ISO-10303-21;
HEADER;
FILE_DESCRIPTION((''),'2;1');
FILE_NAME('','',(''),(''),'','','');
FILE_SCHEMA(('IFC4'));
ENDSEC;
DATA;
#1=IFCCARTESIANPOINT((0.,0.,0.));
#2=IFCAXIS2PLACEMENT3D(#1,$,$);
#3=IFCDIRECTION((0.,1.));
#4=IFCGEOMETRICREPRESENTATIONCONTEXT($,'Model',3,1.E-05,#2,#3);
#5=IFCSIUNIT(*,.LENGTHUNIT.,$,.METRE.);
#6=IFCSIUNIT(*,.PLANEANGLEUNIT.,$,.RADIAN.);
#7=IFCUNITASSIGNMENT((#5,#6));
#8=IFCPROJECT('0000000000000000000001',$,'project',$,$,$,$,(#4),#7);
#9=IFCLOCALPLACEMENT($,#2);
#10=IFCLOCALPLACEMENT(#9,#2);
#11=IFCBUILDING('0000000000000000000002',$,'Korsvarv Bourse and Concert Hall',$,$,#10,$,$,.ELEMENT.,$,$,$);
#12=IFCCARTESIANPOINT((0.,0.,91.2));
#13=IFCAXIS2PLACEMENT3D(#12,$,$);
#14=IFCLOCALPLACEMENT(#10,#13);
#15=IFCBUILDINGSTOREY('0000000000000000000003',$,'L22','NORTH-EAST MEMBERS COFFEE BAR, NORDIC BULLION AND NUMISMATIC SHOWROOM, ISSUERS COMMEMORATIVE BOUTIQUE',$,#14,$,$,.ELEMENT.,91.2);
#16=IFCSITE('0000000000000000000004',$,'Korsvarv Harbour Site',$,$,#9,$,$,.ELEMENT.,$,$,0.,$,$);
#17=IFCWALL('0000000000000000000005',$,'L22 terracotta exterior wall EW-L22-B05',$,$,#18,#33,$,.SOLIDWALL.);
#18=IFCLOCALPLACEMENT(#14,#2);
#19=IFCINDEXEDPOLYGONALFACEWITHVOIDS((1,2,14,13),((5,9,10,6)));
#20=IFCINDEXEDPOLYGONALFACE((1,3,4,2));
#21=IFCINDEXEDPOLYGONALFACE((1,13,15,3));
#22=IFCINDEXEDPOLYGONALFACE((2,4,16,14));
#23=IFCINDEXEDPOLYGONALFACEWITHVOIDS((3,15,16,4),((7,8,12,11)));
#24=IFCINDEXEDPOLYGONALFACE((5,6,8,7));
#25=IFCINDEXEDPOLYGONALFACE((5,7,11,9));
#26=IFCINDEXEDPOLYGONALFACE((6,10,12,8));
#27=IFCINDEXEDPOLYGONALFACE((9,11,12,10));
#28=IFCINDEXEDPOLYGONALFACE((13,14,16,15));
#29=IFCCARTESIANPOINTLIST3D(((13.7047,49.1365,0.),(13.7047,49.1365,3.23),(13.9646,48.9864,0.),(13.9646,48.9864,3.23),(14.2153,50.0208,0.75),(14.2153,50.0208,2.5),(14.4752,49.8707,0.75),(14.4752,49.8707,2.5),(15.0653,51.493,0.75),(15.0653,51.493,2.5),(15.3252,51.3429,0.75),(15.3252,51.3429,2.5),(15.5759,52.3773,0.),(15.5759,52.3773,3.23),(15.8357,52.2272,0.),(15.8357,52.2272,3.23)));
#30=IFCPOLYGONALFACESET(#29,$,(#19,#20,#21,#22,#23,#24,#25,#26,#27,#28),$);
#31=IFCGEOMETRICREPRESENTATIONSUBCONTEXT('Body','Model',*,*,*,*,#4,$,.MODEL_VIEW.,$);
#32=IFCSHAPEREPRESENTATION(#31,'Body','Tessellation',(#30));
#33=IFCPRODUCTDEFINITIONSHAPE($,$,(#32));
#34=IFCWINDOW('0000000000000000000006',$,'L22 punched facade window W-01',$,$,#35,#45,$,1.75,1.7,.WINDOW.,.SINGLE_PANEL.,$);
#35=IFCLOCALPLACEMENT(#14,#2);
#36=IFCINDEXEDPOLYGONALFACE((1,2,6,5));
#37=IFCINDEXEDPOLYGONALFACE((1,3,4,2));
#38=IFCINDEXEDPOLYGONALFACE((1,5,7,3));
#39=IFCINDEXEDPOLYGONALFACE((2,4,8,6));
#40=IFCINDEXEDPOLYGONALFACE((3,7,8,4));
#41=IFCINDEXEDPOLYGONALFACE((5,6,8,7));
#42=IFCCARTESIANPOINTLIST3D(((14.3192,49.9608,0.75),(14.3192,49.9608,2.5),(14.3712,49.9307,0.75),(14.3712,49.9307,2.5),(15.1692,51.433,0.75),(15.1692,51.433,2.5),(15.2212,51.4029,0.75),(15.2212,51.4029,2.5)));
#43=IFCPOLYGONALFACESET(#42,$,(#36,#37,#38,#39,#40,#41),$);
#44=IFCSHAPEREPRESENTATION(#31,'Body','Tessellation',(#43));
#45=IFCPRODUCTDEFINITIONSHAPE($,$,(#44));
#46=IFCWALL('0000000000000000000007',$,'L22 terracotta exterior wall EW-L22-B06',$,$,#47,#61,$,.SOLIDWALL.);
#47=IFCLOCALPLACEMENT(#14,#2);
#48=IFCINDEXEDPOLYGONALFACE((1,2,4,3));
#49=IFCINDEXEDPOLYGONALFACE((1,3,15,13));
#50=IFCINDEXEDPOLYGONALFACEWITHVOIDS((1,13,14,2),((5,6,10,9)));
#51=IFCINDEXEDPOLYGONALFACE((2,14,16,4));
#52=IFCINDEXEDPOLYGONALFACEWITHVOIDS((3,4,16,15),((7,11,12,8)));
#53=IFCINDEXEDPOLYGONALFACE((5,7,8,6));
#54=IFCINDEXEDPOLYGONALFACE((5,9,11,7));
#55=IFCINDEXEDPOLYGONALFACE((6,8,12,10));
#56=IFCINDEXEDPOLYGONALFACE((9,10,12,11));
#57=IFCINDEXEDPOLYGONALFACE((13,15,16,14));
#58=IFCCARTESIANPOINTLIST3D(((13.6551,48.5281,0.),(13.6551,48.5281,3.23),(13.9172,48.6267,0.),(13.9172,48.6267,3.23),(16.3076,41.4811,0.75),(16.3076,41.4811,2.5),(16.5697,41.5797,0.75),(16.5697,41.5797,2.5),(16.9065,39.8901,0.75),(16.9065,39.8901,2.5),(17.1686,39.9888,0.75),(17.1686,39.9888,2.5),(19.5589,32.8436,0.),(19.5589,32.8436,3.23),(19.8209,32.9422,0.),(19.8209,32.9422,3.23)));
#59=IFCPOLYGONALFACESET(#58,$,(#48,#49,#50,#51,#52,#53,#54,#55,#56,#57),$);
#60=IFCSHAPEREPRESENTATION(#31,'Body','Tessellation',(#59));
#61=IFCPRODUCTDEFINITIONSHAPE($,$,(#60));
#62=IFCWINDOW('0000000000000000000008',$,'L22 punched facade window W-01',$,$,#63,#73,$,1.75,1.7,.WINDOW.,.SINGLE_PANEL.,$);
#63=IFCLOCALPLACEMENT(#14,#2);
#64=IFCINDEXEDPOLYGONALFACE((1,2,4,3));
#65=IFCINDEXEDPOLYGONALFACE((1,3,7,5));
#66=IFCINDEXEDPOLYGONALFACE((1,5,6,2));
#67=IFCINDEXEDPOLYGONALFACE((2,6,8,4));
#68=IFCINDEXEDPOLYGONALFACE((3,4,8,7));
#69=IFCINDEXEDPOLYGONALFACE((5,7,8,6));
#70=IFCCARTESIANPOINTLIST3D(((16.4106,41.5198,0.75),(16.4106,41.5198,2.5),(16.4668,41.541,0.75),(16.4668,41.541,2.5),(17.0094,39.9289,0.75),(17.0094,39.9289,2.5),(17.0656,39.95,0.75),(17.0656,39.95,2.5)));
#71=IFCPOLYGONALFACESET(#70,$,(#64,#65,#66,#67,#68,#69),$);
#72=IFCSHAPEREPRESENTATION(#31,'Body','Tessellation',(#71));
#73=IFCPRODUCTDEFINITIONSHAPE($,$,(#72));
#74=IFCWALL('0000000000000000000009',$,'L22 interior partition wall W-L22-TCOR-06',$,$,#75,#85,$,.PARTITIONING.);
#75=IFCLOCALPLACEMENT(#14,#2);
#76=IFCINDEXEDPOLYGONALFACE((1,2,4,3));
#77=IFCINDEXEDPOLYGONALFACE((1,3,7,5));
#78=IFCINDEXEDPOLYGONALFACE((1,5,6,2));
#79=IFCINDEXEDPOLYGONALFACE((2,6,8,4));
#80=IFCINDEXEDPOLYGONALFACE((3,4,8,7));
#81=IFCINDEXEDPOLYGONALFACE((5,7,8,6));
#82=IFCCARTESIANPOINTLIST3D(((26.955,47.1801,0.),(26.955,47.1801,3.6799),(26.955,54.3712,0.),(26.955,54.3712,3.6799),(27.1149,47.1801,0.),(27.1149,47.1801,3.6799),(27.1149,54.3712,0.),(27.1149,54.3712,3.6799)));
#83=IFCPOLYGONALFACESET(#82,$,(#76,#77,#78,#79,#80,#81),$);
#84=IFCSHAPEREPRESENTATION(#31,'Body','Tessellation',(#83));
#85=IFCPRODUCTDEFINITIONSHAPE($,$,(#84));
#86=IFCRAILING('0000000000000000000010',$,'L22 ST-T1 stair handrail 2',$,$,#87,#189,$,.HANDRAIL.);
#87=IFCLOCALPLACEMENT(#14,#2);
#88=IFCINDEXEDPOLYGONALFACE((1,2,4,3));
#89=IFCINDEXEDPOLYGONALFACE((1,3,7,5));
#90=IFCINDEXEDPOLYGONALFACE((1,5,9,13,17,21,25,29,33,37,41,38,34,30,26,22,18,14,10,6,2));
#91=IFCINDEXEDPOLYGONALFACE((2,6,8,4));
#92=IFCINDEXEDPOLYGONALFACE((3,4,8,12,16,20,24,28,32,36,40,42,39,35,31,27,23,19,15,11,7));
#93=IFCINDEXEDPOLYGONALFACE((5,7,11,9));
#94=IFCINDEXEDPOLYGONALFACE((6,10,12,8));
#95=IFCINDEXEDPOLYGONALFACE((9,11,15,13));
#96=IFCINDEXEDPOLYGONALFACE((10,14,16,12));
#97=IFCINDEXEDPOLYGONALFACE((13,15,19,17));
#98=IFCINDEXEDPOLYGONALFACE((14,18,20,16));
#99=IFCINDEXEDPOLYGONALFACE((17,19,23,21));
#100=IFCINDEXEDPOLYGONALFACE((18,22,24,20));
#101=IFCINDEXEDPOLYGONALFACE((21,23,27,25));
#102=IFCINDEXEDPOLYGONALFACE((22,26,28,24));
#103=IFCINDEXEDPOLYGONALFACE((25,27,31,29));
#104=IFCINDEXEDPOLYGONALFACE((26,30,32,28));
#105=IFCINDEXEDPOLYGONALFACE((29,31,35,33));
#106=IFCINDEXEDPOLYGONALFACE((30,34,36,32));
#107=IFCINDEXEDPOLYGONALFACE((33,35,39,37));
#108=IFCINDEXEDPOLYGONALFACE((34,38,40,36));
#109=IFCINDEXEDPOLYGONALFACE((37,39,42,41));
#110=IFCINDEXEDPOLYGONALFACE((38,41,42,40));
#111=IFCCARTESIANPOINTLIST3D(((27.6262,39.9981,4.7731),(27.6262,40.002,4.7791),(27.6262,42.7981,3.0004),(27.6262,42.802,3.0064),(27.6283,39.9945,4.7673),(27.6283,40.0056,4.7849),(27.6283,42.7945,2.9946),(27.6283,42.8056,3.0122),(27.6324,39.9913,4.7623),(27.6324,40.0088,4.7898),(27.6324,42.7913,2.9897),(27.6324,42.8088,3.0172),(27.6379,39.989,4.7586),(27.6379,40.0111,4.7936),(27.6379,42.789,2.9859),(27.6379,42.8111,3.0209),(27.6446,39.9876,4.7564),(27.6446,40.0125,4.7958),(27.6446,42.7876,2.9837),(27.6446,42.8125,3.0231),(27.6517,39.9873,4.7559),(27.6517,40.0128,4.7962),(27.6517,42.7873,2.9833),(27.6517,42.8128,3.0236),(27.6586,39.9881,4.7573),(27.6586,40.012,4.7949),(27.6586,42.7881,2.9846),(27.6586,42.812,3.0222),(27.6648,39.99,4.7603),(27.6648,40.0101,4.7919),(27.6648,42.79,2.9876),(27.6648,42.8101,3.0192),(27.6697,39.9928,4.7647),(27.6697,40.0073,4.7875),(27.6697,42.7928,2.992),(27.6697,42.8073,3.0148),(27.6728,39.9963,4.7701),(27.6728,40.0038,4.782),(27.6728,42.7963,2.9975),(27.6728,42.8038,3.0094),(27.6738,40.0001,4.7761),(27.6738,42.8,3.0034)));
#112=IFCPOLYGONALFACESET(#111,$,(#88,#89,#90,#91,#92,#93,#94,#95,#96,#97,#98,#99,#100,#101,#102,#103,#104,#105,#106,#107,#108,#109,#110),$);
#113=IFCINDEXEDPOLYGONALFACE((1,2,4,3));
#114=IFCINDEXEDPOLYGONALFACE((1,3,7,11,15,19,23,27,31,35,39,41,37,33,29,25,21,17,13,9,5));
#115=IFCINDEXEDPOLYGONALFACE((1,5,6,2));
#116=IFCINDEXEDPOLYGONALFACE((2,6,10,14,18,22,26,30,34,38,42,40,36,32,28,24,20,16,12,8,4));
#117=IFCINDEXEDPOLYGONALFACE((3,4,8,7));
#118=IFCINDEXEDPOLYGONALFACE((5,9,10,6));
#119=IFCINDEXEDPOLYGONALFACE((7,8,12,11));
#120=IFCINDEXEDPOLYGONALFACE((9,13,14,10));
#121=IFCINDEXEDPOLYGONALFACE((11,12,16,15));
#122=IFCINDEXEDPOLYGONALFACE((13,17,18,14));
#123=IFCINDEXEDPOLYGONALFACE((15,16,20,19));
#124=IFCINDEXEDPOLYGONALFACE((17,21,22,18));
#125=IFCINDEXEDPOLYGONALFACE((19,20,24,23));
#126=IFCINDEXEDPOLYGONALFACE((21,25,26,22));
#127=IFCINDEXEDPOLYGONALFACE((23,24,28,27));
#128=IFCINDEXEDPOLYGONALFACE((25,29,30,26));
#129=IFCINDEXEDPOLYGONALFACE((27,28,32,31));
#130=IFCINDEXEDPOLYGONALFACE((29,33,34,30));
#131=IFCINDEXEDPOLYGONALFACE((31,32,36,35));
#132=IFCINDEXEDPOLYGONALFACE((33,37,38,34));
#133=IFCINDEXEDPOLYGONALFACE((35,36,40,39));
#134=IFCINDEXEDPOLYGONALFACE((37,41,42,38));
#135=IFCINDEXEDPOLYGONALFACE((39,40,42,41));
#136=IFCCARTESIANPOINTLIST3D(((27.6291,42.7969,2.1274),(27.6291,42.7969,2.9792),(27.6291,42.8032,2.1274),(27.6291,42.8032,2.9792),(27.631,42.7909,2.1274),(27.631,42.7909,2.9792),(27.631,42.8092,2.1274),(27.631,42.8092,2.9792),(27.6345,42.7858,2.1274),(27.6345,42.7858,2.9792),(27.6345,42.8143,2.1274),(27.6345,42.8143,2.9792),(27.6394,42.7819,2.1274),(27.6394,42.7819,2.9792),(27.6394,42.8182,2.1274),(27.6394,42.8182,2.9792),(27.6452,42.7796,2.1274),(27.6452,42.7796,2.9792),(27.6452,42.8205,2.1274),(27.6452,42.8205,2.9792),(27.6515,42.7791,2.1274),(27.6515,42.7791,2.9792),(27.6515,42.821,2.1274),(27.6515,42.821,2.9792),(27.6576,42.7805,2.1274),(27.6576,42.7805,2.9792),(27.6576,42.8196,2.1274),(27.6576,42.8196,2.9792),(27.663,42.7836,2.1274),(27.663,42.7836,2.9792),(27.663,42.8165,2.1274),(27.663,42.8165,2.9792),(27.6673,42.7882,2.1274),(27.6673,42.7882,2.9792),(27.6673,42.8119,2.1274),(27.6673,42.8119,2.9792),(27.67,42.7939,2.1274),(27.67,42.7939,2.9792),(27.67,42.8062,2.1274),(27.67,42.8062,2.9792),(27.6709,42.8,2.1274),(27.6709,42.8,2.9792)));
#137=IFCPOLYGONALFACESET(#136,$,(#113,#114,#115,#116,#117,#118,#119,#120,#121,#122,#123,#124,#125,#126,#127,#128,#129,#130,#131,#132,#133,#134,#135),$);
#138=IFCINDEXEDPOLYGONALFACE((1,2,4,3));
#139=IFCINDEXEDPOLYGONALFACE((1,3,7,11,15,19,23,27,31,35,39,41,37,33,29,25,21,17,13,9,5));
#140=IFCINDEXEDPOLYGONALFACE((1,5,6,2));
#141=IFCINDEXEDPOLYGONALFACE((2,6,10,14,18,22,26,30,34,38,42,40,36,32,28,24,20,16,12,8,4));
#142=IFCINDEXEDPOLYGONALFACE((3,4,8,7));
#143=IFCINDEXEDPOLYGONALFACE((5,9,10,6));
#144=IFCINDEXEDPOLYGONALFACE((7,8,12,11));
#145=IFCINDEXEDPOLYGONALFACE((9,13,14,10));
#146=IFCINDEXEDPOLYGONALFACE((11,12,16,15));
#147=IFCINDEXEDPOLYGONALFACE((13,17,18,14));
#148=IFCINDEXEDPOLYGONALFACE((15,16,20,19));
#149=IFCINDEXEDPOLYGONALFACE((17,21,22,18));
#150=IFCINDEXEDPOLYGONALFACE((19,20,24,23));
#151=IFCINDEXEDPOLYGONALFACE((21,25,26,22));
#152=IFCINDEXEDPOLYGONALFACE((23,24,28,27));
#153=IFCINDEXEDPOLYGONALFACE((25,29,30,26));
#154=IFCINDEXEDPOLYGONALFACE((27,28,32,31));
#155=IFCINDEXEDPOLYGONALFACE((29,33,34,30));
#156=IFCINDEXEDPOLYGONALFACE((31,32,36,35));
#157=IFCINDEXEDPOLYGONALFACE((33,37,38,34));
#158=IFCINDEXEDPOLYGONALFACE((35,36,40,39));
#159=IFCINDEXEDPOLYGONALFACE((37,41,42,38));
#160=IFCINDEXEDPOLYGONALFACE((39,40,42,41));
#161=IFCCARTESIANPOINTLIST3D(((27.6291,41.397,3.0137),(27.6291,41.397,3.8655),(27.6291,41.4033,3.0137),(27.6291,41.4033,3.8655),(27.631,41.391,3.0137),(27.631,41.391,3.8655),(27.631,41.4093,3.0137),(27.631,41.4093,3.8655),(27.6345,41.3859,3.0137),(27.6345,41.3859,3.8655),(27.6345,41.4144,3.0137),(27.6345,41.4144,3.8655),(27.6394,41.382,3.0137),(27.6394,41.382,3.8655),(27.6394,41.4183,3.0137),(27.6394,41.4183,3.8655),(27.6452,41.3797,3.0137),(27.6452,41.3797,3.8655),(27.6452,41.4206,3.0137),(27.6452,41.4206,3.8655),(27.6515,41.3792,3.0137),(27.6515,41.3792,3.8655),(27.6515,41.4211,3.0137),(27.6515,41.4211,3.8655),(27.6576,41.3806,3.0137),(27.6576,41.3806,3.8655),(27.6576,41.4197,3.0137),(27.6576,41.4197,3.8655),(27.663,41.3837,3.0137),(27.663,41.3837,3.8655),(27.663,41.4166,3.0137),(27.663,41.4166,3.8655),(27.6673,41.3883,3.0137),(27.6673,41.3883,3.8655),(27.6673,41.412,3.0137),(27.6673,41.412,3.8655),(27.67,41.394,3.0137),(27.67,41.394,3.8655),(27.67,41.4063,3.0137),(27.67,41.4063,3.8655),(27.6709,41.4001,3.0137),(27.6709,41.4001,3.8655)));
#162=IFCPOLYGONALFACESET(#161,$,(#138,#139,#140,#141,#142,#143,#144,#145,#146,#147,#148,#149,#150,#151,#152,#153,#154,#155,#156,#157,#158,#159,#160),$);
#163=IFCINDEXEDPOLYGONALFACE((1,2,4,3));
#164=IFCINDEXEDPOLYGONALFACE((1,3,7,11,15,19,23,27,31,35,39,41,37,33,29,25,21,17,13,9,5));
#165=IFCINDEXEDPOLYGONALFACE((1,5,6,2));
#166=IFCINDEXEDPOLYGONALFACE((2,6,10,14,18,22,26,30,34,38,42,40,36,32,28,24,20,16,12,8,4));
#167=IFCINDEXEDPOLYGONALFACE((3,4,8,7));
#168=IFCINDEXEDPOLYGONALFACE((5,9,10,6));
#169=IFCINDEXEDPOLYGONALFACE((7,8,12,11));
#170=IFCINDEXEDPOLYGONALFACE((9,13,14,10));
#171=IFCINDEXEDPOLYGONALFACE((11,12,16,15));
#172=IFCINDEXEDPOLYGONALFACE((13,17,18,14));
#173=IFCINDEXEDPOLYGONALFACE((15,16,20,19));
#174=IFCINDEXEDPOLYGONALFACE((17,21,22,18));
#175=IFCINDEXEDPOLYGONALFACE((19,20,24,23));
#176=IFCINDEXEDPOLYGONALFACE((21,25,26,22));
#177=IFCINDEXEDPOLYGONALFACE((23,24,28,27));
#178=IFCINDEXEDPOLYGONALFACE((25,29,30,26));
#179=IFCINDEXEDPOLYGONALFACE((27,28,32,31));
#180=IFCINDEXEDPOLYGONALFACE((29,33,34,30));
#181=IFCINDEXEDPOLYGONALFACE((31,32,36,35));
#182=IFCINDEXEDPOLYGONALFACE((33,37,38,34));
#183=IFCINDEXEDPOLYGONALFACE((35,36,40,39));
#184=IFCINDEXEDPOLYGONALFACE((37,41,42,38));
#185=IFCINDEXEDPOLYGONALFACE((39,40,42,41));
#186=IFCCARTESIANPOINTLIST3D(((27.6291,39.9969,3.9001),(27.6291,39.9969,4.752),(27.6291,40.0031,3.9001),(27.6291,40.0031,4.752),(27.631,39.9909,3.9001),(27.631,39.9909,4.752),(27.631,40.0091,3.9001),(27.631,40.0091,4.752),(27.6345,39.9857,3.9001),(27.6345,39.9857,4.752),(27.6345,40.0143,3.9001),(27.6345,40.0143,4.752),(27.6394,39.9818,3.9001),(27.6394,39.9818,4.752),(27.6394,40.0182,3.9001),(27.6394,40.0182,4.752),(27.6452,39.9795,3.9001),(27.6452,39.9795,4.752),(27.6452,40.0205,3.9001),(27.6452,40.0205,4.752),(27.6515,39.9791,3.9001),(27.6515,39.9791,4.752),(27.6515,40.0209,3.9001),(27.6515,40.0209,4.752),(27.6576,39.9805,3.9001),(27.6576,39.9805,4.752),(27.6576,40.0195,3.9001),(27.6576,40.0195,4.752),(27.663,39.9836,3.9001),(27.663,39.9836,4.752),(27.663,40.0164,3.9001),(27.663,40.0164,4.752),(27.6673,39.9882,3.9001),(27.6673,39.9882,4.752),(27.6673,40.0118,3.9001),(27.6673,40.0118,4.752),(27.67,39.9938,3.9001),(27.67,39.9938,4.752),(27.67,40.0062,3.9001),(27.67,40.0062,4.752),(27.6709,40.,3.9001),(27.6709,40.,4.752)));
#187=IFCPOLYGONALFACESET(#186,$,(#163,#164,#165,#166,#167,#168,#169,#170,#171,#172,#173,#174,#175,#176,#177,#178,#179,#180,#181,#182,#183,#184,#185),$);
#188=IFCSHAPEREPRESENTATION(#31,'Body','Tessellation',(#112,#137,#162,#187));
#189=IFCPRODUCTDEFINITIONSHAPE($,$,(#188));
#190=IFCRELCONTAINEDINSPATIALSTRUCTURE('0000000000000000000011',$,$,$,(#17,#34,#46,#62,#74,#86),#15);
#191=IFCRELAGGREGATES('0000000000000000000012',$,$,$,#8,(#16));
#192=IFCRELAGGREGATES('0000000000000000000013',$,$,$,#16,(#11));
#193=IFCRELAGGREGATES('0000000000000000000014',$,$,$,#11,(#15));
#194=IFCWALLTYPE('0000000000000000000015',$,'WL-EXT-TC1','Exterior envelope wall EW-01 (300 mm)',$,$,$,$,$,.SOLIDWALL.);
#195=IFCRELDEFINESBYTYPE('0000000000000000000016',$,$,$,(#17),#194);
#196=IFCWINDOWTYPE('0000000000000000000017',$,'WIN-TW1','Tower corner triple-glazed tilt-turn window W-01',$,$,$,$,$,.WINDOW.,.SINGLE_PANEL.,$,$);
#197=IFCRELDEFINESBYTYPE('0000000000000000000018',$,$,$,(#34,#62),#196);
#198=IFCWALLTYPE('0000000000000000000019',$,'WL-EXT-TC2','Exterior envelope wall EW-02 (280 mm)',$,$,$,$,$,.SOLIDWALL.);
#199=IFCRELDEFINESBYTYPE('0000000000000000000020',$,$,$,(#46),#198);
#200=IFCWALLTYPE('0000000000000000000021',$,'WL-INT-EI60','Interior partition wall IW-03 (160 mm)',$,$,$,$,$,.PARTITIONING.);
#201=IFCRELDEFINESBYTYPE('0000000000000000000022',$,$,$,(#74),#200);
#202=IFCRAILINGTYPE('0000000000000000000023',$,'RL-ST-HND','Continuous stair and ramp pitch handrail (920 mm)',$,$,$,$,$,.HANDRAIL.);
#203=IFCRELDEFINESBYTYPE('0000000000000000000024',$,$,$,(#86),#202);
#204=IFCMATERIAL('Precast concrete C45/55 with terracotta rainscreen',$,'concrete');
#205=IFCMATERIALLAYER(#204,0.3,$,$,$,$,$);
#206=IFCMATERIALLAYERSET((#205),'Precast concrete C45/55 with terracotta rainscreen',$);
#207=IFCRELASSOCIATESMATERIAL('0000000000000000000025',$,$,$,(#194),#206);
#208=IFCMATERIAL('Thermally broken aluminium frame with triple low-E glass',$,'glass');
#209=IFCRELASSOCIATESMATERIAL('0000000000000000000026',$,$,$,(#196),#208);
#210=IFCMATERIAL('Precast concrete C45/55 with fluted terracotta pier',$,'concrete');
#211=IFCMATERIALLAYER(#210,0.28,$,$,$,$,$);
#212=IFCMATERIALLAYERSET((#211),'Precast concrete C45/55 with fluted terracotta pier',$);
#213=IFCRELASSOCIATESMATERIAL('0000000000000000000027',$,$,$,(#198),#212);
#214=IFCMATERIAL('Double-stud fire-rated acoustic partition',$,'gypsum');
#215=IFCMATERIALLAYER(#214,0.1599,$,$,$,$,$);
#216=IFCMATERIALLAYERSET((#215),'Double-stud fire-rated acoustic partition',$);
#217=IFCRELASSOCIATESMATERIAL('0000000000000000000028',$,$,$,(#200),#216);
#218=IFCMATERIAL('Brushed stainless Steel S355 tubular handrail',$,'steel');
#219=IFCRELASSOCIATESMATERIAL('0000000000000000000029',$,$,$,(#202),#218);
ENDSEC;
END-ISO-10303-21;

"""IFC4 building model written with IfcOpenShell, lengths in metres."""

from ifc_helpers import new_model, si_unit, direction, frame, frame_2d, origin, origin_2d, place, context, subcontext, project, spatial, rectangle, circle, extrude, material, layer, layer_set, type_object, element, fill, save


model = new_model("IFC4")

# Units and contexts
model_context = context("Model", 3, precision=1e-05, world=origin(), true_north=direction((0.0, 1.0)))
body_context = subcontext(model_context, "Body", "Model", "MODEL_VIEW")
ifc_project = project(units=[si_unit("LENGTHUNIT", "METRE"), si_unit("PLANEANGLEUNIT", "RADIAN")], contexts=[model_context])

# Site, building, storey
site_placement = place(None, origin())
site = spatial("IfcSite", under=ifc_project, at=site_placement, Name="Korsvarv Harbour Site", CompositionType="ELEMENT", RefElevation=0.0)
building_placement = place(site_placement, origin())
building = spatial("IfcBuilding", under=site, at=building_placement, Name="Korsvarv Bourse and Concert Hall", CompositionType="ELEMENT")
storey_placement = place(building_placement, frame((0.0, 0.0, 91.2)))
storey = spatial("IfcBuildingStorey", under=building, at=storey_placement, Name="L22", Description="NORTH-EAST MEMBERS COFFEE BAR, NORDIC BULLION AND NUMISMATIC SHOWROOM, ISSUERS COMMEMORATIVE BOUTIQUE", CompositionType="ELEMENT", Elevation=91.2)

# Walls, openings, windows
ifc_material_1 = material(Name="Precast concrete C45/55 with terracotta rainscreen", Category="concrete")
ifc_layer_1 = layer(ifc_material_1, 0.3)
ifc_layer_set_1 = layer_set([ifc_layer_1], Name="Precast concrete C45/55 with terracotta rainscreen")
wall_type_1 = type_object("IfcWallType", Name="WL-EXT-TC1", Description="Exterior envelope wall EW-01 (300 mm)", PredefinedType="SOLIDWALL", material=ifc_layer_set_1)
wall_1_placement = place(storey_placement, frame((15.7058, 52.3022, 0.0), z_axis=(0.0, 0.0, 1.0), x_axis=(-0.500012, -0.866018, 0.0)))
wall_1 = element("IfcWall", 1, at=wall_1_placement, inside=storey, type_object=wall_type_1, Name="L22 terracotta exterior wall EW-L22-B05", PredefinedType="SOLIDWALL", context=body_context, shape_type="SweptSolid", body=[
    extrude(rectangle(XDim=3.7422, YDim=0.3, at=frame_2d((1.8711, 0.0))), origin(), (0.0, 0.0, 1.0), 3.23),
])
opening_1_placement = place(wall_1_placement, frame((1.021, 0.0, 0.75)))
opening_1 = element("IfcOpeningElement", 2, at=opening_1_placement, cuts=wall_1, PredefinedType="OPENING", context=body_context, shape_type="SweptSolid", body=[
    extrude(rectangle(XDim=1.7, YDim=1.75, at=frame_2d((0.8501, 0.875))), frame((0.0, 0.1602, 0.0), z_axis=(0.0, -1.0, 0.0), x_axis=(1.0, 0.0, 0.0)), (0.0, 0.0, 1.0), 0.3201),
])
ifc_material_2 = material(Name="Thermally broken aluminium frame with triple low-E glass", Category="glass")
window_type = type_object("IfcWindowType", Name="WIN-TW1", Description="Tower corner triple-glazed tilt-turn window W-01", PartitioningType="SINGLE_PANEL", PredefinedType="WINDOW", material=ifc_material_2)
window_1_placement = place(opening_1_placement, origin())
window_1 = element("IfcWindow", 3, at=window_1_placement, inside=storey, type_object=window_type, Name="L22 punched facade window W-01", OverallHeight=1.75, OverallWidth=1.7, PartitioningType="SINGLE_PANEL", PredefinedType="WINDOW", context=body_context, shape_type="SweptSolid", body=[
    extrude(rectangle(XDim=1.7, YDim=1.75, at=frame_2d((0.8501, 0.875))), frame((0.0, 0.03, 0.0), z_axis=(0.0, -1.0, 0.0), x_axis=(1.0, 0.0, 0.0)), (0.0, 0.0, 1.0), 0.0601),
])
fill(opening_1, window_1)
ifc_material_3 = material(Name="Precast concrete C45/55 with fluted terracotta pier", Category="concrete")
ifc_layer_2 = layer(ifc_material_3, 0.28)
ifc_layer_set_2 = layer_set([ifc_layer_2], Name="Precast concrete C45/55 with fluted terracotta pier")
wall_type_2 = type_object("IfcWallType", Name="WL-EXT-TC2", Description="Exterior envelope wall EW-02 (280 mm)", PredefinedType="SOLIDWALL", material=ifc_layer_set_2)
wall_2_placement = place(storey_placement, frame((13.7861, 48.5774, 0.0), z_axis=(0.0, 0.0, 1.0), x_axis=(0.352279, -0.935895, 0.0)))
wall_2 = element("IfcWall", 4, at=wall_2_placement, inside=storey, type_object=wall_type_2, Name="L22 terracotta exterior wall EW-L22-B06", PredefinedType="SOLIDWALL", context=body_context, shape_type="SweptSolid", body=[
    extrude(rectangle(XDim=16.7588, YDim=0.28, at=frame_2d((8.3794, 0.0))), origin(), (0.0, 0.0, 1.0), 3.23),
])
opening_2_placement = place(wall_2_placement, frame((7.5295, 0.0, 0.75)))
opening_2 = element("IfcOpeningElement", 5, at=opening_2_placement, cuts=wall_2, PredefinedType="OPENING", context=body_context, shape_type="SweptSolid", body=[
    extrude(rectangle(XDim=1.7, YDim=1.75, at=frame_2d((0.8501, 0.875))), frame((0.0, 0.1499, 0.0), z_axis=(0.0, -1.0, 0.0), x_axis=(1.0, 0.0, 0.0)), (0.0, 0.0, 1.0), 0.3),
])
window_2_placement = place(opening_2_placement, origin())
window_2 = element("IfcWindow", 6, at=window_2_placement, inside=storey, type_object=window_type, Name="L22 punched facade window W-01", OverallHeight=1.75, OverallWidth=1.7, PartitioningType="SINGLE_PANEL", PredefinedType="WINDOW", context=body_context, shape_type="SweptSolid", body=[
    extrude(rectangle(XDim=1.7, YDim=1.75, at=frame_2d((0.8501, 0.875))), frame((0.0, 0.03, 0.0), z_axis=(0.0, -1.0, 0.0), x_axis=(1.0, 0.0, 0.0)), (0.0, 0.0, 1.0), 0.0601),
])
fill(opening_2, window_2)

# Wall
ifc_material_4 = material(Name="Double-stud fire-rated acoustic partition", Category="gypsum")
ifc_layer_3 = layer(ifc_material_4, 0.1599)
ifc_layer_set_3 = layer_set([ifc_layer_3], Name="Double-stud fire-rated acoustic partition")
wall_type_3 = type_object("IfcWallType", Name="WL-INT-EI60", Description="Interior partition wall IW-03 (160 mm)", PredefinedType="PARTITIONING", material=ifc_layer_set_3)
wall_3_placement = place(storey_placement, frame((27.0349, 47.1799, 0.0), z_axis=(0.0, 0.0, 1.0), x_axis=(0.0, 1.0, 0.0)))
element("IfcWall", 7, at=wall_3_placement, inside=storey, type_object=wall_type_3, Name="L22 interior partition wall W-L22-TCOR-06", PredefinedType="PARTITIONING", context=body_context, shape_type="SweptSolid", body=[
    extrude(rectangle(XDim=7.1912, YDim=0.1599, at=frame_2d((3.5957, 0.0))), origin(), (0.0, 0.0, 1.0), 3.6799),
])

# Railing
ifc_material_5 = material(Name="Brushed stainless Steel S355 tubular handrail", Category="steel")
railing_type = type_object("IfcRailingType", Name="RL-ST-HND", Description="Continuous stair and ramp pitch handrail (920 mm)", PredefinedType="HANDRAIL", material=ifc_material_5)
railing_placement = place(storey_placement, frame((27.6499, 42.8, 2.1274)))
element("IfcRailing", 8, at=railing_placement, inside=storey, type_object=railing_type, Name="L22 ST-T1 stair handrail 2", PredefinedType="HANDRAIL", context=body_context, shape_type="SweptSolid", body=[
    extrude(circle(Radius=0.0239, at=origin_2d()), frame((0.0, 0.0, 0.876), z_axis=(0.0, -0.844909, 0.53491), x_axis=(1.0, 0.0, 0.0)), (0.0, 0.0, 1.0), 3.314),
    extrude(circle(Radius=0.021, at=origin_2d()), origin(), (0.0, 0.0, 1.0), 0.8518),
    extrude(circle(Radius=0.021, at=origin_2d()), frame((0.0, -1.3999, 0.8862)), (0.0, 0.0, 1.0), 0.8518),
    extrude(circle(Radius=0.021, at=origin_2d()), frame((0.0, -2.8, 1.7727)), (0.0, 0.0, 1.0), 0.8518),
])

save(model, "model.ifc")
